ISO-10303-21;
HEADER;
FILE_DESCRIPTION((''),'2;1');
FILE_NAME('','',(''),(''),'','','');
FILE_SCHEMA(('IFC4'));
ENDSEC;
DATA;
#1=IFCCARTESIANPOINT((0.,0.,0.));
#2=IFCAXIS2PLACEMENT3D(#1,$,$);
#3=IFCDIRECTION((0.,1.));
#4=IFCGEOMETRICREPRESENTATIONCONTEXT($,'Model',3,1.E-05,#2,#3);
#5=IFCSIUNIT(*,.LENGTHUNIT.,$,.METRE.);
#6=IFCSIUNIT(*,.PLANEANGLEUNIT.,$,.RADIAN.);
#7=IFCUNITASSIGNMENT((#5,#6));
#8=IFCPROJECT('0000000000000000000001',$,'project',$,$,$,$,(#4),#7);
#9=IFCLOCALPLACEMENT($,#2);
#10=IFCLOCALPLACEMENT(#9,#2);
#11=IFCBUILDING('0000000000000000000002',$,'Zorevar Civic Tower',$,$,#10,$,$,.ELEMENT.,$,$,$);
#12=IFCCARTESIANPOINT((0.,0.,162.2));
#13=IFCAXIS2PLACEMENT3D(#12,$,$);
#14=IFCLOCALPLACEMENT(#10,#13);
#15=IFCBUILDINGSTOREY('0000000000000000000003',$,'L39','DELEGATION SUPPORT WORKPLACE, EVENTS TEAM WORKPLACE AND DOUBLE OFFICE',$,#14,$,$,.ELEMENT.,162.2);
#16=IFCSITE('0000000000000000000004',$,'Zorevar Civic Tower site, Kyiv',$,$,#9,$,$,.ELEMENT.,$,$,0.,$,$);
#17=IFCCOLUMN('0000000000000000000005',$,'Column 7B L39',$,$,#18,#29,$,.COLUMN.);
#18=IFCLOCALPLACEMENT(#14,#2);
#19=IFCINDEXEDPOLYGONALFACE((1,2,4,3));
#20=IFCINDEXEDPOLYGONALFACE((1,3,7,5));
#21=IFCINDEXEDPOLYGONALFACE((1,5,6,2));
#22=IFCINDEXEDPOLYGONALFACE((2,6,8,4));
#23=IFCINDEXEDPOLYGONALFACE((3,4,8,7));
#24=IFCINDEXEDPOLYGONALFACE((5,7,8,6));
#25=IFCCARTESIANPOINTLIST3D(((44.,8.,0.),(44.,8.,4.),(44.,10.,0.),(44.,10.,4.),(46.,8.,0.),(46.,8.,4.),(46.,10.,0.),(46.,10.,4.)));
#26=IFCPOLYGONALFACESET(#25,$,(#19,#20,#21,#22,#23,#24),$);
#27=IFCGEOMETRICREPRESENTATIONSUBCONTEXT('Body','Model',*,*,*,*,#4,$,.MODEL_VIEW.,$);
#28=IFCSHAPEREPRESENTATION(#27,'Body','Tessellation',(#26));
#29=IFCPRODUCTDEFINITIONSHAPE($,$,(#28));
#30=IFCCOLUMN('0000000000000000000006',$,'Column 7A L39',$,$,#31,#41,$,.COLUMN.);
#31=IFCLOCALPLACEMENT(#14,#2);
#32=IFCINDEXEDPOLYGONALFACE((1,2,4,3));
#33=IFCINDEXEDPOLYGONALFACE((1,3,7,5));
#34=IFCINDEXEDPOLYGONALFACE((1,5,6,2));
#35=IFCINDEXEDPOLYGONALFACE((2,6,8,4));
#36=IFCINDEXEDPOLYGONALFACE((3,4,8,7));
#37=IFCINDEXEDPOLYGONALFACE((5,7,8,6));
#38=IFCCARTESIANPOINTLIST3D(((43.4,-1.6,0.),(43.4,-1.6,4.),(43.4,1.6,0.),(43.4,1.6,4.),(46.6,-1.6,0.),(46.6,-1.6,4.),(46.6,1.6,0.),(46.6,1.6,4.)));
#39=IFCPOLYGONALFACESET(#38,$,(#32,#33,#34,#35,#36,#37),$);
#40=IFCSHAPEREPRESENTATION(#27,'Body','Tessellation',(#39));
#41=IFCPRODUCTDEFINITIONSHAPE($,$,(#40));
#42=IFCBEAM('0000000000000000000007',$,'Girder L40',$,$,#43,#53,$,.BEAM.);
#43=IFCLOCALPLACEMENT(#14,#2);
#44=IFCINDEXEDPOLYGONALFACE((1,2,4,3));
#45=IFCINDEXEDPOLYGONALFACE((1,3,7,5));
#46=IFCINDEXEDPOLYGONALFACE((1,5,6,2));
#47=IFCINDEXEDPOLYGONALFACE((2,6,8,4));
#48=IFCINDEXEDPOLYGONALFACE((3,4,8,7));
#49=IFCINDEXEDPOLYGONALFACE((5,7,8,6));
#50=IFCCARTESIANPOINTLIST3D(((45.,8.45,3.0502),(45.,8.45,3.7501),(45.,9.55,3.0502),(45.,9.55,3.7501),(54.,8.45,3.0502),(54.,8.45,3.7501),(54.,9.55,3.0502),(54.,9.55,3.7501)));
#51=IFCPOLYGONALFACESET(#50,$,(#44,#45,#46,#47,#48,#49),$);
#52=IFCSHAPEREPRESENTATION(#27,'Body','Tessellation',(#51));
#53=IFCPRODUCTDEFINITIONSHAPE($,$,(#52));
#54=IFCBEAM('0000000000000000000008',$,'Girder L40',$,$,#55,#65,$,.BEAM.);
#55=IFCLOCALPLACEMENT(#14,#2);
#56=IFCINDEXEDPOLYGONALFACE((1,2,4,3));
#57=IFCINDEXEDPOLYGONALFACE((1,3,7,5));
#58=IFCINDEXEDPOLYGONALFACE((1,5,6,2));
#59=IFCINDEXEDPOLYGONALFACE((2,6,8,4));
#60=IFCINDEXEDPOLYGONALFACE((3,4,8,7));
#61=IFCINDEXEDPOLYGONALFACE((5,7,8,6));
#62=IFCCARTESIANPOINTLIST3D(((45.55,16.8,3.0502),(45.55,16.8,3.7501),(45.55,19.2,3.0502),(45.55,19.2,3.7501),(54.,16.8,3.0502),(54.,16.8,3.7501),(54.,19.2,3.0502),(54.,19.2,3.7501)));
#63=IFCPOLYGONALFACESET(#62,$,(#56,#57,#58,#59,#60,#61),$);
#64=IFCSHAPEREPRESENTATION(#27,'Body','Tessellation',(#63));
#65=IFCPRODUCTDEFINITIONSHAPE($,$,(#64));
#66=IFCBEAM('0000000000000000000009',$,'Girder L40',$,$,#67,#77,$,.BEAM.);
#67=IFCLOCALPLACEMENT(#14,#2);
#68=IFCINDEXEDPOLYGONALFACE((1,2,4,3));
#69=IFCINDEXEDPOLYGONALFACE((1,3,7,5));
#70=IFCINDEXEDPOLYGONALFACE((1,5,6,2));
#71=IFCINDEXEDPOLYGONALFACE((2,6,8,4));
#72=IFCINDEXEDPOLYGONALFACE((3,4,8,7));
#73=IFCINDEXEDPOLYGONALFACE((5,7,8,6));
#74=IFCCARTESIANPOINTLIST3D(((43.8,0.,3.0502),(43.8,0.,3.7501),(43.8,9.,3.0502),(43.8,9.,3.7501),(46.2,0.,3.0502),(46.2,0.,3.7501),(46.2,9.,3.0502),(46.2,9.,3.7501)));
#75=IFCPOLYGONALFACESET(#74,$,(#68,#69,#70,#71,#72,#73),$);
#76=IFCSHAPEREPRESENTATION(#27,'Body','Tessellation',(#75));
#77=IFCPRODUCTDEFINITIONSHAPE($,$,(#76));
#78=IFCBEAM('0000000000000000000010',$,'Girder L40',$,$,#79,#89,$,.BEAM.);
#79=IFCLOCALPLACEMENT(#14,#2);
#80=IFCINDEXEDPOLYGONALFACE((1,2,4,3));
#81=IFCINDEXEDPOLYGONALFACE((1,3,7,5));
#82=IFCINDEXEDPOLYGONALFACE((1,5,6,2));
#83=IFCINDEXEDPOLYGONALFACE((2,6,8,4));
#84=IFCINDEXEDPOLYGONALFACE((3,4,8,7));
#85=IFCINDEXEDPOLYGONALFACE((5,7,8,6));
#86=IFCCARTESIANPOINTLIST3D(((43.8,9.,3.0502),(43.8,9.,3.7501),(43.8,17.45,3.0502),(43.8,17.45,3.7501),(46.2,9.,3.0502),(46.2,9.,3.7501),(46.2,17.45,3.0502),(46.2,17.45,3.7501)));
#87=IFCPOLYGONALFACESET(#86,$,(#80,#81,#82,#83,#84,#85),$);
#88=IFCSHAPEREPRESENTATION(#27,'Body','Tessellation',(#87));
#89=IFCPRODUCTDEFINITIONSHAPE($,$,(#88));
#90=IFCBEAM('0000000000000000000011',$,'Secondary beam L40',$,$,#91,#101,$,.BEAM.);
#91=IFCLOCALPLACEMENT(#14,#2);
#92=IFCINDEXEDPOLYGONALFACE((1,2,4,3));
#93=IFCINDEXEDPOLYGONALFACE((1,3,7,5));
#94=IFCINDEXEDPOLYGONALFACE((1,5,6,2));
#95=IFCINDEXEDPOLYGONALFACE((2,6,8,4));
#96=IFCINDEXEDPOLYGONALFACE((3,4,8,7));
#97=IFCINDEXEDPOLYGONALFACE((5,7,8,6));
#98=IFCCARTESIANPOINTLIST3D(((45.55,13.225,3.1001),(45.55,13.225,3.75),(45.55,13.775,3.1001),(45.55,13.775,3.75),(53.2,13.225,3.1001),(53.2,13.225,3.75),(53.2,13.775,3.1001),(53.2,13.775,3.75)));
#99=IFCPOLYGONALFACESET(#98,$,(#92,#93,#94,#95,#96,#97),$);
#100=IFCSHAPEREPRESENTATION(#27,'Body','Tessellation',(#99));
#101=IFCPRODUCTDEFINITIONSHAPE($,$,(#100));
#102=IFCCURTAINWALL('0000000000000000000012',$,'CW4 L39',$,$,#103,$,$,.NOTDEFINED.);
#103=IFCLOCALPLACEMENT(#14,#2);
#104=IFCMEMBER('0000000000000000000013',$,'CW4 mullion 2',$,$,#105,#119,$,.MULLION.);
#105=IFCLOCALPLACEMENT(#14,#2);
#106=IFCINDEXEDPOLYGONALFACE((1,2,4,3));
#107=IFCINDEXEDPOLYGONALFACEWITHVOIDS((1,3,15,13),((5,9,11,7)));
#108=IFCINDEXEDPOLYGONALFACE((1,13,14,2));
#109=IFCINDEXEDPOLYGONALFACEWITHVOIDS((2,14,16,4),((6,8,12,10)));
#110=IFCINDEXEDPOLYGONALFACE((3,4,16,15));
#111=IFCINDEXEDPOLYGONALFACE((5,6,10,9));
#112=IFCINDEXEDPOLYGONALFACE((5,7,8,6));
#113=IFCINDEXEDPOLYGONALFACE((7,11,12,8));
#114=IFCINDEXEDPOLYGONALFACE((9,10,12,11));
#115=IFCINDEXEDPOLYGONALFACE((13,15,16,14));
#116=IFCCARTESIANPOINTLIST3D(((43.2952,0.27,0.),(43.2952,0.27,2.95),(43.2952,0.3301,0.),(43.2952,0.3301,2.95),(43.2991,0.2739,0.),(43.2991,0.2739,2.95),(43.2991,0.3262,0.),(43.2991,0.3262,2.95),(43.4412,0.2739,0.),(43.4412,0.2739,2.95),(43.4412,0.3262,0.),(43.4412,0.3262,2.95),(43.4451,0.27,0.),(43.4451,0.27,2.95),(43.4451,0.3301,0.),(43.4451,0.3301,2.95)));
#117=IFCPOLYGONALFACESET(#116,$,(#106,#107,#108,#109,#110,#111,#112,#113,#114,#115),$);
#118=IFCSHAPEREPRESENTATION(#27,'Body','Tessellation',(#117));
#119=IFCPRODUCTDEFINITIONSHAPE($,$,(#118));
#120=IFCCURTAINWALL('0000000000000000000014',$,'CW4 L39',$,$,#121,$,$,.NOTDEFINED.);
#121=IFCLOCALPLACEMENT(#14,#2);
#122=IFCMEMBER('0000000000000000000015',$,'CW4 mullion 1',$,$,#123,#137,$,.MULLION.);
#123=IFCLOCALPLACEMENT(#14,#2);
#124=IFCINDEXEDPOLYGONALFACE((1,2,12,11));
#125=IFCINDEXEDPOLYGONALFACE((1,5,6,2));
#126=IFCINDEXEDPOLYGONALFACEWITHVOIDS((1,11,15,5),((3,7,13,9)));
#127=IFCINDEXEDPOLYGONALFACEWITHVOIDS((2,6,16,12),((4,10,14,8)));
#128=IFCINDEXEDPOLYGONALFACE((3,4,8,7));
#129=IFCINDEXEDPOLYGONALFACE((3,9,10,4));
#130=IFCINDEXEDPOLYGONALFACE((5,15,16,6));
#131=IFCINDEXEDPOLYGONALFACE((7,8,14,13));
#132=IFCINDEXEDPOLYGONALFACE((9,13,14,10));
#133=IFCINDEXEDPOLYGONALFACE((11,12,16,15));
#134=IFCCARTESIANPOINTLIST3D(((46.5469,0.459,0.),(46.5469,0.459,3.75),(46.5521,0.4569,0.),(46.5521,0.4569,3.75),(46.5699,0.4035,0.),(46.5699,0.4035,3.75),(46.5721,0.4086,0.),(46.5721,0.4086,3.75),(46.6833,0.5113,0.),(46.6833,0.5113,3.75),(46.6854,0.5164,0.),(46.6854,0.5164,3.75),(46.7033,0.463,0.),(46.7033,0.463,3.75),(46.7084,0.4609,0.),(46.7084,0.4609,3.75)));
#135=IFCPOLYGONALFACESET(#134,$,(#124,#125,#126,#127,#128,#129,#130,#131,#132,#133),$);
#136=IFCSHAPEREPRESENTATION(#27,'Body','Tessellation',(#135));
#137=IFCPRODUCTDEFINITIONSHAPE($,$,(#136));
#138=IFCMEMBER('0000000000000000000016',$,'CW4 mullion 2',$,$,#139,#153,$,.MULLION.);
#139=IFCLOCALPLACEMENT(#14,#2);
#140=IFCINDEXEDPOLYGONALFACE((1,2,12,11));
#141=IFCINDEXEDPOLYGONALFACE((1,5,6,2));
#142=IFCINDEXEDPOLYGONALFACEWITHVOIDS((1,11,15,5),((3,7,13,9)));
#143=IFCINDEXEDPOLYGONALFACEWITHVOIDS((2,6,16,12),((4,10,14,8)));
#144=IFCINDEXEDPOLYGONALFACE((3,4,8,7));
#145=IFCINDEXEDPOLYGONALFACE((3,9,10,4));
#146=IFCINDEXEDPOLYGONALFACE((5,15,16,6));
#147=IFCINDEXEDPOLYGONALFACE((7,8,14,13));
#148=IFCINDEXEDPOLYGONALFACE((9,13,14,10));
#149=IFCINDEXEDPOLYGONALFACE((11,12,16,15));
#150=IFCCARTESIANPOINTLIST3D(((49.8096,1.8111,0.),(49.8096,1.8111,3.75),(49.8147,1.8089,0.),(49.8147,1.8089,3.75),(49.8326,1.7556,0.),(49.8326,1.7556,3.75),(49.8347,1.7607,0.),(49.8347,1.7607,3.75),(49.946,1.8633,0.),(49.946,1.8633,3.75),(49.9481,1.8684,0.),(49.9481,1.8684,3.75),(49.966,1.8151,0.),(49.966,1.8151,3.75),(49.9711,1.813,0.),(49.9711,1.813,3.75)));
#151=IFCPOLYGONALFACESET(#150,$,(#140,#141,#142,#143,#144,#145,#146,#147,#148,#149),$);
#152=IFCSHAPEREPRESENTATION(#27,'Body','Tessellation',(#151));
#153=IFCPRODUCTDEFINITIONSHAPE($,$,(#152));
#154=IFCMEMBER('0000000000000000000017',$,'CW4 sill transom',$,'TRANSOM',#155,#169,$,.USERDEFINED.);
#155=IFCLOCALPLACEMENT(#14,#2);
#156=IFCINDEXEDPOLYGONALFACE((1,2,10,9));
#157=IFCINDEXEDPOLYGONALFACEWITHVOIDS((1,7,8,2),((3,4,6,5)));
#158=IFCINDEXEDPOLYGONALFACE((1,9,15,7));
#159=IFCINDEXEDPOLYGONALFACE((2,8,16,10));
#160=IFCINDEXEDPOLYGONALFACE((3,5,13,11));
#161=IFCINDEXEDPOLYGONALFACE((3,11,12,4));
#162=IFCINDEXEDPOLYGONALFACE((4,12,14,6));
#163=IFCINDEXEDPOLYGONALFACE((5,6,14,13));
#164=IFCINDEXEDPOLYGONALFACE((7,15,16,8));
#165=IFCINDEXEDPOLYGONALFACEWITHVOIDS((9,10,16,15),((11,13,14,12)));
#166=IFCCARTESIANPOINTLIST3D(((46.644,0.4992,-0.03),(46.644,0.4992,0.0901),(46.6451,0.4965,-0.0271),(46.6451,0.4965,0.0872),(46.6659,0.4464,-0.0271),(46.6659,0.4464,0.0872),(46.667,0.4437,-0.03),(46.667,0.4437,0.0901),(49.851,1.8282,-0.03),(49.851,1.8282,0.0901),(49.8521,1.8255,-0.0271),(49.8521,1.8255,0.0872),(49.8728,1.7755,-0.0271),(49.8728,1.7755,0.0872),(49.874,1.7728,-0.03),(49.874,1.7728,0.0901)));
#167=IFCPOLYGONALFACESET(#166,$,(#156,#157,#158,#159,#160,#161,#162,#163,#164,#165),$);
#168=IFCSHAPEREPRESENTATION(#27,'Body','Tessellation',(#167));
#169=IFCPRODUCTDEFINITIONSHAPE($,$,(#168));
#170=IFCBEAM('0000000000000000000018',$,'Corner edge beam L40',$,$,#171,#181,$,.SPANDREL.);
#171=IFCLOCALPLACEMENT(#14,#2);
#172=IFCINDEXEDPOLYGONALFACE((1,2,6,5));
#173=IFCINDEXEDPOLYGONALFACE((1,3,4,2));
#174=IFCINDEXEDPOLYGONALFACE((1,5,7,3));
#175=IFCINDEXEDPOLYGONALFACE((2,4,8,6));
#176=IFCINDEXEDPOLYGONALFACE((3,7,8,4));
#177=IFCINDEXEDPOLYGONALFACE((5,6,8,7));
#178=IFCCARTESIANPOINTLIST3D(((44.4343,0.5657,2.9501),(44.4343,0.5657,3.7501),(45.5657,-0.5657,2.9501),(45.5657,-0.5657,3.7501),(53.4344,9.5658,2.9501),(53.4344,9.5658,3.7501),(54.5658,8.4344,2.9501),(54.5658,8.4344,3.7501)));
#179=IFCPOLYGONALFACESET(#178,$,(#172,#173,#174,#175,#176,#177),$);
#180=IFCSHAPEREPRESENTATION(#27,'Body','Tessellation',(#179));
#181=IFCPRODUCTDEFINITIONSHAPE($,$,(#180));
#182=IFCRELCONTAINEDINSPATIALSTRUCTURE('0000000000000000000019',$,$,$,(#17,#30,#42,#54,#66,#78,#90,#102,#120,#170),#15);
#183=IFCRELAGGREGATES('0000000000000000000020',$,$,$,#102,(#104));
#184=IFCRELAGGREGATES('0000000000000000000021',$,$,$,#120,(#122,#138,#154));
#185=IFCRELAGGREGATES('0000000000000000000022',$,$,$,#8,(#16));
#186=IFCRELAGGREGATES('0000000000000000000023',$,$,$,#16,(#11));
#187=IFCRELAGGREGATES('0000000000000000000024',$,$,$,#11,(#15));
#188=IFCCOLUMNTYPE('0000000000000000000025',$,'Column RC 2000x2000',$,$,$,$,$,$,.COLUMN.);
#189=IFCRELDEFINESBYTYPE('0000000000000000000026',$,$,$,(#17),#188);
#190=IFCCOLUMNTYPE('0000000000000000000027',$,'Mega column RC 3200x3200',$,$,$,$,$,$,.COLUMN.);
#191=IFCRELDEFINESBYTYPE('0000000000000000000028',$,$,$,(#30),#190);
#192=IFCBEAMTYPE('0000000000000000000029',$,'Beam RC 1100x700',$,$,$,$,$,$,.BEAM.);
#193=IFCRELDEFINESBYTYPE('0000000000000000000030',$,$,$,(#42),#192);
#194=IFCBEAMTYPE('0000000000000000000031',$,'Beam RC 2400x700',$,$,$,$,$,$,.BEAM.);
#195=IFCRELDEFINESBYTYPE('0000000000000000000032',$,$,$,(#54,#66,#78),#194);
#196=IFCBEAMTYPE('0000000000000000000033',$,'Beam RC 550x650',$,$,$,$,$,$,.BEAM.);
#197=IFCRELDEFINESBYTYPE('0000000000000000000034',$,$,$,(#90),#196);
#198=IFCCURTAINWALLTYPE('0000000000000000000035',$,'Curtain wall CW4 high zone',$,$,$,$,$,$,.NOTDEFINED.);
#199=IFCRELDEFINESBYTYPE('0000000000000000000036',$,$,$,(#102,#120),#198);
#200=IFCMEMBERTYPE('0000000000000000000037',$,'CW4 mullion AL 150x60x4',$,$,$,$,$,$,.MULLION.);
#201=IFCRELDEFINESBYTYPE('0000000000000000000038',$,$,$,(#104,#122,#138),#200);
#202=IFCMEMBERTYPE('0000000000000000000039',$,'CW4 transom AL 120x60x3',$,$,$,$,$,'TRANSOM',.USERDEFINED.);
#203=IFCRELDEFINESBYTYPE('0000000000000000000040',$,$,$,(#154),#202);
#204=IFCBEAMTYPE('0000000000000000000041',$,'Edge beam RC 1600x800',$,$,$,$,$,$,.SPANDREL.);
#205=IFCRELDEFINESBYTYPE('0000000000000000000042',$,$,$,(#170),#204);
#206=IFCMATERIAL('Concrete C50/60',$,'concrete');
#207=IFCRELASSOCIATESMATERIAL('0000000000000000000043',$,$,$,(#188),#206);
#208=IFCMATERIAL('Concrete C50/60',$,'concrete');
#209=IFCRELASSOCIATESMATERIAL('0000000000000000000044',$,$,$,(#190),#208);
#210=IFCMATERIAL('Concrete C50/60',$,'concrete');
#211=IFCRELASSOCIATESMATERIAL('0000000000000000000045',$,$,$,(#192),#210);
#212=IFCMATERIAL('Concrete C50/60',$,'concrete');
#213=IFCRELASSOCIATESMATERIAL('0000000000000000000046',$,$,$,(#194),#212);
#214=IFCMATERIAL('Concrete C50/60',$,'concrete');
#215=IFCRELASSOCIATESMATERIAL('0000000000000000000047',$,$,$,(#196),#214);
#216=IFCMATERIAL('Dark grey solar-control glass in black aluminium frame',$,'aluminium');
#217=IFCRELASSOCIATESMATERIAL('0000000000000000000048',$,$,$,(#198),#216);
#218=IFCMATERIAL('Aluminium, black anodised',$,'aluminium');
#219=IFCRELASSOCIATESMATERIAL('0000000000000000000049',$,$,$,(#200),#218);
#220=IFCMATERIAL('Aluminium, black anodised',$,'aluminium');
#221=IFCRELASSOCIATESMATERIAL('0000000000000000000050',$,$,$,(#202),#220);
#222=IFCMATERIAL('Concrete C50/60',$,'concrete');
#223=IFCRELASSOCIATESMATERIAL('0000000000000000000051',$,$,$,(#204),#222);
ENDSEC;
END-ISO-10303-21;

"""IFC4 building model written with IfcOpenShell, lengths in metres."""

from ifc_helpers import new_model, si_unit, direction, frame, origin, origin_2d, place, context, subcontext, project, spatial, rectangle, hollow_rectangle, extrude, material, material_profile, profile_set, type_object, element, aggregate, save


model = new_model("IFC4")

# Units and contexts
model_context = context("Model", 3, precision=1e-05, world=origin(), true_north=direction((0.0, 1.0)))
body_context = subcontext(model_context, "Body", "Model", "MODEL_VIEW")
ifc_project = project(units=[si_unit("LENGTHUNIT", "METRE"), si_unit("PLANEANGLEUNIT", "RADIAN")], contexts=[model_context])

# Site, building, storey
site_placement = place(None, origin())
site = spatial("IfcSite", under=ifc_project, at=site_placement, Name="Zorevar Civic Tower site, Kyiv", CompositionType="ELEMENT", RefElevation=0.0)
building_placement = place(site_placement, origin())
building = spatial("IfcBuilding", under=site, at=building_placement, Name="Zorevar Civic Tower", CompositionType="ELEMENT")
storey_placement = place(building_placement, frame((0.0, 0.0, 162.2)))
storey = spatial("IfcBuildingStorey", under=building, at=storey_placement, Name="L39", Description="DELEGATION SUPPORT WORKPLACE, EVENTS TEAM WORKPLACE AND DOUBLE OFFICE", CompositionType="ELEMENT", Elevation=162.2)

# Columns
ifc_material_1 = material(Name="Concrete C50/60", Category="concrete")
ifc_material_profile_1 = material_profile(ifc_material_1, rectangle(XDim=2.0, YDim=2.0, at=origin_2d()), Name="RC 2000x2000")
ifc_profile_set_1 = profile_set([ifc_material_profile_1], Name="Concrete C50/60")
column_type_1 = type_object("IfcColumnType", Name="Column RC 2000x2000", PredefinedType="COLUMN", material=ifc_profile_set_1)
column_1_placement = place(storey_placement, frame((45.0, 9.0, 0.0), z_axis=(0.0, 0.0, 1.0), x_axis=(1.0, 0.0, 0.0)))
element("IfcColumn", 1, at=column_1_placement, inside=storey, type_object=column_type_1, Name="Column 7B L39", PredefinedType="COLUMN", context=body_context, shape_type="SweptSolid", body=[
    extrude(rectangle(XDim=2.0, YDim=2.0, at=origin_2d()), origin(), (0.0, 0.0, 1.0), 4.0),
])
ifc_material_2 = material(Name="Concrete C50/60", Category="concrete")
ifc_material_profile_2 = material_profile(ifc_material_2, rectangle(XDim=3.2, YDim=3.2, at=origin_2d()), Name="RC 3200x3200")
ifc_profile_set_2 = profile_set([ifc_material_profile_2], Name="Concrete C50/60")
column_type_2 = type_object("IfcColumnType", Name="Mega column RC 3200x3200", PredefinedType="COLUMN", material=ifc_profile_set_2)
column_2_placement = place(storey_placement, frame((45.0, 0.0, 0.0), z_axis=(0.0, 0.0, 1.0), x_axis=(1.0, 0.0, 0.0)))
element("IfcColumn", 2, at=column_2_placement, inside=storey, type_object=column_type_2, Name="Column 7A L39", PredefinedType="COLUMN", context=body_context, shape_type="SweptSolid", body=[
    extrude(rectangle(XDim=3.2, YDim=3.2, at=origin_2d()), origin(), (0.0, 0.0, 1.0), 4.0),
])

# Beams
ifc_material_3 = material(Name="Concrete C50/60", Category="concrete")
ifc_material_profile_3 = material_profile(ifc_material_3, rectangle(XDim=1.1001, YDim=0.7, at=origin_2d()), Name="RC 1100x700")
ifc_profile_set_3 = profile_set([ifc_material_profile_3], Name="Concrete C50/60")
beam_type_1 = type_object("IfcBeamType", Name="Beam RC 1100x700", PredefinedType="BEAM", material=ifc_profile_set_3)
beam_1_placement = place(storey_placement, frame((45.0, 9.0, 3.4001), z_axis=(1.0, 0.0, 0.0), x_axis=(0.0, 1.0, 0.0)))
element("IfcBeam", 3, at=beam_1_placement, inside=storey, type_object=beam_type_1, Name="Girder L40", PredefinedType="BEAM", context=body_context, shape_type="SweptSolid", body=[
    extrude(rectangle(XDim=1.1001, YDim=0.7, at=origin_2d()), origin(), (0.0, 0.0, 1.0), 9.0),
])
ifc_material_4 = material(Name="Concrete C50/60", Category="concrete")
ifc_material_profile_4 = material_profile(ifc_material_4, rectangle(XDim=2.3999, YDim=0.7, at=origin_2d()), Name="RC 2400x700")
ifc_profile_set_4 = profile_set([ifc_material_profile_4], Name="Concrete C50/60")
beam_type_2 = type_object("IfcBeamType", Name="Beam RC 2400x700", PredefinedType="BEAM", material=ifc_profile_set_4)
beam_2_placement = place(storey_placement, frame((45.55, 18.0, 3.4001), z_axis=(1.0, 0.0, 0.0), x_axis=(0.0, 1.0, 0.0)))
element("IfcBeam", 4, at=beam_2_placement, inside=storey, type_object=beam_type_2, Name="Girder L40", PredefinedType="BEAM", context=body_context, shape_type="SweptSolid", body=[
    extrude(rectangle(XDim=2.3999, YDim=0.7, at=origin_2d()), origin(), (0.0, 0.0, 1.0), 8.45),
])
beam_3_placement = place(storey_placement, frame((45.0, 0.0, 3.4001), z_axis=(0.0, 1.0, 0.0), x_axis=(-1.0, 0.0, 0.0)))
element("IfcBeam", 5, at=beam_3_placement, inside=storey, type_object=beam_type_2, Name="Girder L40", PredefinedType="BEAM", context=body_context, shape_type="SweptSolid", body=[
    extrude(rectangle(XDim=2.3999, YDim=0.7, at=origin_2d()), origin(), (0.0, 0.0, 1.0), 9.0),
])
beam_4_placement = place(storey_placement, frame((45.0, 9.0, 3.4001), z_axis=(0.0, 1.0, 0.0), x_axis=(-1.0, 0.0, 0.0)))
element("IfcBeam", 6, at=beam_4_placement, inside=storey, type_object=beam_type_2, Name="Girder L40", PredefinedType="BEAM", context=body_context, shape_type="SweptSolid", body=[
    extrude(rectangle(XDim=2.3999, YDim=0.7, at=origin_2d()), origin(), (0.0, 0.0, 1.0), 8.45),
])
ifc_material_5 = material(Name="Concrete C50/60", Category="concrete")
ifc_material_profile_5 = material_profile(ifc_material_5, rectangle(XDim=0.55, YDim=0.6499, at=origin_2d()), Name="RC 550x650")
ifc_profile_set_5 = profile_set([ifc_material_profile_5], Name="Concrete C50/60")
beam_type_3 = type_object("IfcBeamType", Name="Beam RC 550x650", PredefinedType="BEAM", material=ifc_profile_set_5)
beam_5_placement = place(storey_placement, frame((45.55, 13.5, 3.425), z_axis=(1.0, 0.0, 0.0), x_axis=(0.0, 1.0, 0.0)))
element("IfcBeam", 7, at=beam_5_placement, inside=storey, type_object=beam_type_3, Name="Secondary beam L40", PredefinedType="BEAM", context=body_context, shape_type="SweptSolid", body=[
    extrude(rectangle(XDim=0.55, YDim=0.6499, at=origin_2d()), origin(), (0.0, 0.0, 1.0), 7.6499),
])

# Curtain wall, member
ifc_material_6 = material(Name="Dark grey solar-control glass in black aluminium frame", Category="aluminium")
curtain_wall_type = type_object("IfcCurtainWallType", Name="Curtain wall CW4 high zone", PredefinedType="NOTDEFINED", material=ifc_material_6)
curtain_wall_1_placement = place(storey_placement, origin())
curtain_wall_1 = element("IfcCurtainWall", 8, at=curtain_wall_1_placement, inside=storey, type_object=curtain_wall_type, Name="CW4 L39", PredefinedType="NOTDEFINED")
ifc_material_7 = material(Name="Aluminium, black anodised", Category="aluminium")
ifc_material_profile_6 = material_profile(ifc_material_7, hollow_rectangle(XDim=0.0601, YDim=0.1499, WallThickness=0.0039, at=origin_2d()), Name="AL 150x60x4")
ifc_profile_set_6 = profile_set([ifc_material_profile_6], Name="Aluminium, black anodised")
member_type_1 = type_object("IfcMemberType", Name="CW4 mullion AL 150x60x4", PredefinedType="MULLION", material=ifc_profile_set_6)
member_1_placement = place(storey_placement, frame((43.3701, 0.3, 0.0), z_axis=(0.0, 0.0, 1.0), x_axis=(0.0, 1.0, 0.0)))
member_1 = element("IfcMember", 9, at=member_1_placement, type_object=member_type_1, Name="CW4 mullion 2", PredefinedType="MULLION", context=body_context, shape_type="SweptSolid", body=[
    extrude(hollow_rectangle(XDim=0.0601, YDim=0.1499, WallThickness=0.0039, at=origin_2d()), origin(), (0.0, 0.0, 1.0), 2.95),
])

# Curtain wall, members
curtain_wall_2_placement = place(storey_placement, origin())
curtain_wall_2 = element("IfcCurtainWall", 10, at=curtain_wall_2_placement, inside=storey, type_object=curtain_wall_type, Name="CW4 L39", PredefinedType="NOTDEFINED")
member_2_placement = place(storey_placement, frame((46.6277, 0.46, 0.0), z_axis=(0.0, 0.0, 1.0), x_axis=(-0.382841, 0.923814, 0.0)))
member_2 = element("IfcMember", 11, at=member_2_placement, type_object=member_type_1, Name="CW4 mullion 1", PredefinedType="MULLION", context=body_context, shape_type="SweptSolid", body=[
    extrude(hollow_rectangle(XDim=0.0601, YDim=0.1499, WallThickness=0.0039, at=origin_2d()), origin(), (0.0, 0.0, 1.0), 3.75),
])
member_3_placement = place(storey_placement, frame((49.8904, 1.812, 0.0), z_axis=(0.0, 0.0, 1.0), x_axis=(-0.382841, 0.923814, 0.0)))
member_3 = element("IfcMember", 12, at=member_3_placement, type_object=member_type_1, Name="CW4 mullion 2", PredefinedType="MULLION", context=body_context, shape_type="SweptSolid", body=[
    extrude(hollow_rectangle(XDim=0.0601, YDim=0.1499, WallThickness=0.0039, at=origin_2d()), origin(), (0.0, 0.0, 1.0), 3.75),
])
ifc_material_8 = material(Name="Aluminium, black anodised", Category="aluminium")
ifc_material_profile_7 = material_profile(ifc_material_8, hollow_rectangle(XDim=0.0601, YDim=0.1201, WallThickness=0.0029, at=origin_2d()), Name="AL 120x60x3")
ifc_profile_set_7 = profile_set([ifc_material_profile_7], Name="Aluminium, black anodised")
member_type_2 = type_object("IfcMemberType", Name="CW4 transom AL 120x60x3", ElementType="TRANSOM", PredefinedType="USERDEFINED", material=ifc_profile_set_7)
member_4_placement = place(storey_placement, frame((46.6555, 0.4714, 0.03), z_axis=(0.923808, 0.382857, 0.0), x_axis=(-0.382857, 0.923808, 0.0)))
member_4 = element("IfcMember", 13, at=member_4_placement, type_object=member_type_2, Name="CW4 sill transom", ObjectType="TRANSOM", PredefinedType="USERDEFINED", context=body_context, shape_type="SweptSolid", body=[
    extrude(hollow_rectangle(XDim=0.0601, YDim=0.1201, WallThickness=0.0029, at=origin_2d()), origin(), (0.0, 0.0, 1.0), 3.4714),
])

# Beam
ifc_material_9 = material(Name="Concrete C50/60", Category="concrete")
ifc_material_profile_8 = material_profile(ifc_material_9, rectangle(XDim=1.6001, YDim=0.8, at=origin_2d()), Name="RC 1600x800")
ifc_profile_set_8 = profile_set([ifc_material_profile_8], Name="Concrete C50/60")
beam_type_4 = type_object("IfcBeamType", Name="Edge beam RC 1600x800", PredefinedType="SPANDREL", material=ifc_profile_set_8)
beam_6_placement = place(storey_placement, frame((45.0, 0.0, 3.3501), z_axis=(0.707107, 0.707107, 0.0), x_axis=(-0.707107, 0.707107, 0.0)))
element("IfcBeam", 14, at=beam_6_placement, inside=storey, type_object=beam_type_4, Name="Corner edge beam L40", PredefinedType="SPANDREL", context=body_context, shape_type="SweptSolid", body=[
    extrude(rectangle(XDim=1.6001, YDim=0.8, at=origin_2d()), origin(), (0.0, 0.0, 1.0), 12.728),
])

aggregate(curtain_wall_1, [member_1])
aggregate(curtain_wall_2, [member_2, member_3, member_4])

save(model, "model.ifc")
